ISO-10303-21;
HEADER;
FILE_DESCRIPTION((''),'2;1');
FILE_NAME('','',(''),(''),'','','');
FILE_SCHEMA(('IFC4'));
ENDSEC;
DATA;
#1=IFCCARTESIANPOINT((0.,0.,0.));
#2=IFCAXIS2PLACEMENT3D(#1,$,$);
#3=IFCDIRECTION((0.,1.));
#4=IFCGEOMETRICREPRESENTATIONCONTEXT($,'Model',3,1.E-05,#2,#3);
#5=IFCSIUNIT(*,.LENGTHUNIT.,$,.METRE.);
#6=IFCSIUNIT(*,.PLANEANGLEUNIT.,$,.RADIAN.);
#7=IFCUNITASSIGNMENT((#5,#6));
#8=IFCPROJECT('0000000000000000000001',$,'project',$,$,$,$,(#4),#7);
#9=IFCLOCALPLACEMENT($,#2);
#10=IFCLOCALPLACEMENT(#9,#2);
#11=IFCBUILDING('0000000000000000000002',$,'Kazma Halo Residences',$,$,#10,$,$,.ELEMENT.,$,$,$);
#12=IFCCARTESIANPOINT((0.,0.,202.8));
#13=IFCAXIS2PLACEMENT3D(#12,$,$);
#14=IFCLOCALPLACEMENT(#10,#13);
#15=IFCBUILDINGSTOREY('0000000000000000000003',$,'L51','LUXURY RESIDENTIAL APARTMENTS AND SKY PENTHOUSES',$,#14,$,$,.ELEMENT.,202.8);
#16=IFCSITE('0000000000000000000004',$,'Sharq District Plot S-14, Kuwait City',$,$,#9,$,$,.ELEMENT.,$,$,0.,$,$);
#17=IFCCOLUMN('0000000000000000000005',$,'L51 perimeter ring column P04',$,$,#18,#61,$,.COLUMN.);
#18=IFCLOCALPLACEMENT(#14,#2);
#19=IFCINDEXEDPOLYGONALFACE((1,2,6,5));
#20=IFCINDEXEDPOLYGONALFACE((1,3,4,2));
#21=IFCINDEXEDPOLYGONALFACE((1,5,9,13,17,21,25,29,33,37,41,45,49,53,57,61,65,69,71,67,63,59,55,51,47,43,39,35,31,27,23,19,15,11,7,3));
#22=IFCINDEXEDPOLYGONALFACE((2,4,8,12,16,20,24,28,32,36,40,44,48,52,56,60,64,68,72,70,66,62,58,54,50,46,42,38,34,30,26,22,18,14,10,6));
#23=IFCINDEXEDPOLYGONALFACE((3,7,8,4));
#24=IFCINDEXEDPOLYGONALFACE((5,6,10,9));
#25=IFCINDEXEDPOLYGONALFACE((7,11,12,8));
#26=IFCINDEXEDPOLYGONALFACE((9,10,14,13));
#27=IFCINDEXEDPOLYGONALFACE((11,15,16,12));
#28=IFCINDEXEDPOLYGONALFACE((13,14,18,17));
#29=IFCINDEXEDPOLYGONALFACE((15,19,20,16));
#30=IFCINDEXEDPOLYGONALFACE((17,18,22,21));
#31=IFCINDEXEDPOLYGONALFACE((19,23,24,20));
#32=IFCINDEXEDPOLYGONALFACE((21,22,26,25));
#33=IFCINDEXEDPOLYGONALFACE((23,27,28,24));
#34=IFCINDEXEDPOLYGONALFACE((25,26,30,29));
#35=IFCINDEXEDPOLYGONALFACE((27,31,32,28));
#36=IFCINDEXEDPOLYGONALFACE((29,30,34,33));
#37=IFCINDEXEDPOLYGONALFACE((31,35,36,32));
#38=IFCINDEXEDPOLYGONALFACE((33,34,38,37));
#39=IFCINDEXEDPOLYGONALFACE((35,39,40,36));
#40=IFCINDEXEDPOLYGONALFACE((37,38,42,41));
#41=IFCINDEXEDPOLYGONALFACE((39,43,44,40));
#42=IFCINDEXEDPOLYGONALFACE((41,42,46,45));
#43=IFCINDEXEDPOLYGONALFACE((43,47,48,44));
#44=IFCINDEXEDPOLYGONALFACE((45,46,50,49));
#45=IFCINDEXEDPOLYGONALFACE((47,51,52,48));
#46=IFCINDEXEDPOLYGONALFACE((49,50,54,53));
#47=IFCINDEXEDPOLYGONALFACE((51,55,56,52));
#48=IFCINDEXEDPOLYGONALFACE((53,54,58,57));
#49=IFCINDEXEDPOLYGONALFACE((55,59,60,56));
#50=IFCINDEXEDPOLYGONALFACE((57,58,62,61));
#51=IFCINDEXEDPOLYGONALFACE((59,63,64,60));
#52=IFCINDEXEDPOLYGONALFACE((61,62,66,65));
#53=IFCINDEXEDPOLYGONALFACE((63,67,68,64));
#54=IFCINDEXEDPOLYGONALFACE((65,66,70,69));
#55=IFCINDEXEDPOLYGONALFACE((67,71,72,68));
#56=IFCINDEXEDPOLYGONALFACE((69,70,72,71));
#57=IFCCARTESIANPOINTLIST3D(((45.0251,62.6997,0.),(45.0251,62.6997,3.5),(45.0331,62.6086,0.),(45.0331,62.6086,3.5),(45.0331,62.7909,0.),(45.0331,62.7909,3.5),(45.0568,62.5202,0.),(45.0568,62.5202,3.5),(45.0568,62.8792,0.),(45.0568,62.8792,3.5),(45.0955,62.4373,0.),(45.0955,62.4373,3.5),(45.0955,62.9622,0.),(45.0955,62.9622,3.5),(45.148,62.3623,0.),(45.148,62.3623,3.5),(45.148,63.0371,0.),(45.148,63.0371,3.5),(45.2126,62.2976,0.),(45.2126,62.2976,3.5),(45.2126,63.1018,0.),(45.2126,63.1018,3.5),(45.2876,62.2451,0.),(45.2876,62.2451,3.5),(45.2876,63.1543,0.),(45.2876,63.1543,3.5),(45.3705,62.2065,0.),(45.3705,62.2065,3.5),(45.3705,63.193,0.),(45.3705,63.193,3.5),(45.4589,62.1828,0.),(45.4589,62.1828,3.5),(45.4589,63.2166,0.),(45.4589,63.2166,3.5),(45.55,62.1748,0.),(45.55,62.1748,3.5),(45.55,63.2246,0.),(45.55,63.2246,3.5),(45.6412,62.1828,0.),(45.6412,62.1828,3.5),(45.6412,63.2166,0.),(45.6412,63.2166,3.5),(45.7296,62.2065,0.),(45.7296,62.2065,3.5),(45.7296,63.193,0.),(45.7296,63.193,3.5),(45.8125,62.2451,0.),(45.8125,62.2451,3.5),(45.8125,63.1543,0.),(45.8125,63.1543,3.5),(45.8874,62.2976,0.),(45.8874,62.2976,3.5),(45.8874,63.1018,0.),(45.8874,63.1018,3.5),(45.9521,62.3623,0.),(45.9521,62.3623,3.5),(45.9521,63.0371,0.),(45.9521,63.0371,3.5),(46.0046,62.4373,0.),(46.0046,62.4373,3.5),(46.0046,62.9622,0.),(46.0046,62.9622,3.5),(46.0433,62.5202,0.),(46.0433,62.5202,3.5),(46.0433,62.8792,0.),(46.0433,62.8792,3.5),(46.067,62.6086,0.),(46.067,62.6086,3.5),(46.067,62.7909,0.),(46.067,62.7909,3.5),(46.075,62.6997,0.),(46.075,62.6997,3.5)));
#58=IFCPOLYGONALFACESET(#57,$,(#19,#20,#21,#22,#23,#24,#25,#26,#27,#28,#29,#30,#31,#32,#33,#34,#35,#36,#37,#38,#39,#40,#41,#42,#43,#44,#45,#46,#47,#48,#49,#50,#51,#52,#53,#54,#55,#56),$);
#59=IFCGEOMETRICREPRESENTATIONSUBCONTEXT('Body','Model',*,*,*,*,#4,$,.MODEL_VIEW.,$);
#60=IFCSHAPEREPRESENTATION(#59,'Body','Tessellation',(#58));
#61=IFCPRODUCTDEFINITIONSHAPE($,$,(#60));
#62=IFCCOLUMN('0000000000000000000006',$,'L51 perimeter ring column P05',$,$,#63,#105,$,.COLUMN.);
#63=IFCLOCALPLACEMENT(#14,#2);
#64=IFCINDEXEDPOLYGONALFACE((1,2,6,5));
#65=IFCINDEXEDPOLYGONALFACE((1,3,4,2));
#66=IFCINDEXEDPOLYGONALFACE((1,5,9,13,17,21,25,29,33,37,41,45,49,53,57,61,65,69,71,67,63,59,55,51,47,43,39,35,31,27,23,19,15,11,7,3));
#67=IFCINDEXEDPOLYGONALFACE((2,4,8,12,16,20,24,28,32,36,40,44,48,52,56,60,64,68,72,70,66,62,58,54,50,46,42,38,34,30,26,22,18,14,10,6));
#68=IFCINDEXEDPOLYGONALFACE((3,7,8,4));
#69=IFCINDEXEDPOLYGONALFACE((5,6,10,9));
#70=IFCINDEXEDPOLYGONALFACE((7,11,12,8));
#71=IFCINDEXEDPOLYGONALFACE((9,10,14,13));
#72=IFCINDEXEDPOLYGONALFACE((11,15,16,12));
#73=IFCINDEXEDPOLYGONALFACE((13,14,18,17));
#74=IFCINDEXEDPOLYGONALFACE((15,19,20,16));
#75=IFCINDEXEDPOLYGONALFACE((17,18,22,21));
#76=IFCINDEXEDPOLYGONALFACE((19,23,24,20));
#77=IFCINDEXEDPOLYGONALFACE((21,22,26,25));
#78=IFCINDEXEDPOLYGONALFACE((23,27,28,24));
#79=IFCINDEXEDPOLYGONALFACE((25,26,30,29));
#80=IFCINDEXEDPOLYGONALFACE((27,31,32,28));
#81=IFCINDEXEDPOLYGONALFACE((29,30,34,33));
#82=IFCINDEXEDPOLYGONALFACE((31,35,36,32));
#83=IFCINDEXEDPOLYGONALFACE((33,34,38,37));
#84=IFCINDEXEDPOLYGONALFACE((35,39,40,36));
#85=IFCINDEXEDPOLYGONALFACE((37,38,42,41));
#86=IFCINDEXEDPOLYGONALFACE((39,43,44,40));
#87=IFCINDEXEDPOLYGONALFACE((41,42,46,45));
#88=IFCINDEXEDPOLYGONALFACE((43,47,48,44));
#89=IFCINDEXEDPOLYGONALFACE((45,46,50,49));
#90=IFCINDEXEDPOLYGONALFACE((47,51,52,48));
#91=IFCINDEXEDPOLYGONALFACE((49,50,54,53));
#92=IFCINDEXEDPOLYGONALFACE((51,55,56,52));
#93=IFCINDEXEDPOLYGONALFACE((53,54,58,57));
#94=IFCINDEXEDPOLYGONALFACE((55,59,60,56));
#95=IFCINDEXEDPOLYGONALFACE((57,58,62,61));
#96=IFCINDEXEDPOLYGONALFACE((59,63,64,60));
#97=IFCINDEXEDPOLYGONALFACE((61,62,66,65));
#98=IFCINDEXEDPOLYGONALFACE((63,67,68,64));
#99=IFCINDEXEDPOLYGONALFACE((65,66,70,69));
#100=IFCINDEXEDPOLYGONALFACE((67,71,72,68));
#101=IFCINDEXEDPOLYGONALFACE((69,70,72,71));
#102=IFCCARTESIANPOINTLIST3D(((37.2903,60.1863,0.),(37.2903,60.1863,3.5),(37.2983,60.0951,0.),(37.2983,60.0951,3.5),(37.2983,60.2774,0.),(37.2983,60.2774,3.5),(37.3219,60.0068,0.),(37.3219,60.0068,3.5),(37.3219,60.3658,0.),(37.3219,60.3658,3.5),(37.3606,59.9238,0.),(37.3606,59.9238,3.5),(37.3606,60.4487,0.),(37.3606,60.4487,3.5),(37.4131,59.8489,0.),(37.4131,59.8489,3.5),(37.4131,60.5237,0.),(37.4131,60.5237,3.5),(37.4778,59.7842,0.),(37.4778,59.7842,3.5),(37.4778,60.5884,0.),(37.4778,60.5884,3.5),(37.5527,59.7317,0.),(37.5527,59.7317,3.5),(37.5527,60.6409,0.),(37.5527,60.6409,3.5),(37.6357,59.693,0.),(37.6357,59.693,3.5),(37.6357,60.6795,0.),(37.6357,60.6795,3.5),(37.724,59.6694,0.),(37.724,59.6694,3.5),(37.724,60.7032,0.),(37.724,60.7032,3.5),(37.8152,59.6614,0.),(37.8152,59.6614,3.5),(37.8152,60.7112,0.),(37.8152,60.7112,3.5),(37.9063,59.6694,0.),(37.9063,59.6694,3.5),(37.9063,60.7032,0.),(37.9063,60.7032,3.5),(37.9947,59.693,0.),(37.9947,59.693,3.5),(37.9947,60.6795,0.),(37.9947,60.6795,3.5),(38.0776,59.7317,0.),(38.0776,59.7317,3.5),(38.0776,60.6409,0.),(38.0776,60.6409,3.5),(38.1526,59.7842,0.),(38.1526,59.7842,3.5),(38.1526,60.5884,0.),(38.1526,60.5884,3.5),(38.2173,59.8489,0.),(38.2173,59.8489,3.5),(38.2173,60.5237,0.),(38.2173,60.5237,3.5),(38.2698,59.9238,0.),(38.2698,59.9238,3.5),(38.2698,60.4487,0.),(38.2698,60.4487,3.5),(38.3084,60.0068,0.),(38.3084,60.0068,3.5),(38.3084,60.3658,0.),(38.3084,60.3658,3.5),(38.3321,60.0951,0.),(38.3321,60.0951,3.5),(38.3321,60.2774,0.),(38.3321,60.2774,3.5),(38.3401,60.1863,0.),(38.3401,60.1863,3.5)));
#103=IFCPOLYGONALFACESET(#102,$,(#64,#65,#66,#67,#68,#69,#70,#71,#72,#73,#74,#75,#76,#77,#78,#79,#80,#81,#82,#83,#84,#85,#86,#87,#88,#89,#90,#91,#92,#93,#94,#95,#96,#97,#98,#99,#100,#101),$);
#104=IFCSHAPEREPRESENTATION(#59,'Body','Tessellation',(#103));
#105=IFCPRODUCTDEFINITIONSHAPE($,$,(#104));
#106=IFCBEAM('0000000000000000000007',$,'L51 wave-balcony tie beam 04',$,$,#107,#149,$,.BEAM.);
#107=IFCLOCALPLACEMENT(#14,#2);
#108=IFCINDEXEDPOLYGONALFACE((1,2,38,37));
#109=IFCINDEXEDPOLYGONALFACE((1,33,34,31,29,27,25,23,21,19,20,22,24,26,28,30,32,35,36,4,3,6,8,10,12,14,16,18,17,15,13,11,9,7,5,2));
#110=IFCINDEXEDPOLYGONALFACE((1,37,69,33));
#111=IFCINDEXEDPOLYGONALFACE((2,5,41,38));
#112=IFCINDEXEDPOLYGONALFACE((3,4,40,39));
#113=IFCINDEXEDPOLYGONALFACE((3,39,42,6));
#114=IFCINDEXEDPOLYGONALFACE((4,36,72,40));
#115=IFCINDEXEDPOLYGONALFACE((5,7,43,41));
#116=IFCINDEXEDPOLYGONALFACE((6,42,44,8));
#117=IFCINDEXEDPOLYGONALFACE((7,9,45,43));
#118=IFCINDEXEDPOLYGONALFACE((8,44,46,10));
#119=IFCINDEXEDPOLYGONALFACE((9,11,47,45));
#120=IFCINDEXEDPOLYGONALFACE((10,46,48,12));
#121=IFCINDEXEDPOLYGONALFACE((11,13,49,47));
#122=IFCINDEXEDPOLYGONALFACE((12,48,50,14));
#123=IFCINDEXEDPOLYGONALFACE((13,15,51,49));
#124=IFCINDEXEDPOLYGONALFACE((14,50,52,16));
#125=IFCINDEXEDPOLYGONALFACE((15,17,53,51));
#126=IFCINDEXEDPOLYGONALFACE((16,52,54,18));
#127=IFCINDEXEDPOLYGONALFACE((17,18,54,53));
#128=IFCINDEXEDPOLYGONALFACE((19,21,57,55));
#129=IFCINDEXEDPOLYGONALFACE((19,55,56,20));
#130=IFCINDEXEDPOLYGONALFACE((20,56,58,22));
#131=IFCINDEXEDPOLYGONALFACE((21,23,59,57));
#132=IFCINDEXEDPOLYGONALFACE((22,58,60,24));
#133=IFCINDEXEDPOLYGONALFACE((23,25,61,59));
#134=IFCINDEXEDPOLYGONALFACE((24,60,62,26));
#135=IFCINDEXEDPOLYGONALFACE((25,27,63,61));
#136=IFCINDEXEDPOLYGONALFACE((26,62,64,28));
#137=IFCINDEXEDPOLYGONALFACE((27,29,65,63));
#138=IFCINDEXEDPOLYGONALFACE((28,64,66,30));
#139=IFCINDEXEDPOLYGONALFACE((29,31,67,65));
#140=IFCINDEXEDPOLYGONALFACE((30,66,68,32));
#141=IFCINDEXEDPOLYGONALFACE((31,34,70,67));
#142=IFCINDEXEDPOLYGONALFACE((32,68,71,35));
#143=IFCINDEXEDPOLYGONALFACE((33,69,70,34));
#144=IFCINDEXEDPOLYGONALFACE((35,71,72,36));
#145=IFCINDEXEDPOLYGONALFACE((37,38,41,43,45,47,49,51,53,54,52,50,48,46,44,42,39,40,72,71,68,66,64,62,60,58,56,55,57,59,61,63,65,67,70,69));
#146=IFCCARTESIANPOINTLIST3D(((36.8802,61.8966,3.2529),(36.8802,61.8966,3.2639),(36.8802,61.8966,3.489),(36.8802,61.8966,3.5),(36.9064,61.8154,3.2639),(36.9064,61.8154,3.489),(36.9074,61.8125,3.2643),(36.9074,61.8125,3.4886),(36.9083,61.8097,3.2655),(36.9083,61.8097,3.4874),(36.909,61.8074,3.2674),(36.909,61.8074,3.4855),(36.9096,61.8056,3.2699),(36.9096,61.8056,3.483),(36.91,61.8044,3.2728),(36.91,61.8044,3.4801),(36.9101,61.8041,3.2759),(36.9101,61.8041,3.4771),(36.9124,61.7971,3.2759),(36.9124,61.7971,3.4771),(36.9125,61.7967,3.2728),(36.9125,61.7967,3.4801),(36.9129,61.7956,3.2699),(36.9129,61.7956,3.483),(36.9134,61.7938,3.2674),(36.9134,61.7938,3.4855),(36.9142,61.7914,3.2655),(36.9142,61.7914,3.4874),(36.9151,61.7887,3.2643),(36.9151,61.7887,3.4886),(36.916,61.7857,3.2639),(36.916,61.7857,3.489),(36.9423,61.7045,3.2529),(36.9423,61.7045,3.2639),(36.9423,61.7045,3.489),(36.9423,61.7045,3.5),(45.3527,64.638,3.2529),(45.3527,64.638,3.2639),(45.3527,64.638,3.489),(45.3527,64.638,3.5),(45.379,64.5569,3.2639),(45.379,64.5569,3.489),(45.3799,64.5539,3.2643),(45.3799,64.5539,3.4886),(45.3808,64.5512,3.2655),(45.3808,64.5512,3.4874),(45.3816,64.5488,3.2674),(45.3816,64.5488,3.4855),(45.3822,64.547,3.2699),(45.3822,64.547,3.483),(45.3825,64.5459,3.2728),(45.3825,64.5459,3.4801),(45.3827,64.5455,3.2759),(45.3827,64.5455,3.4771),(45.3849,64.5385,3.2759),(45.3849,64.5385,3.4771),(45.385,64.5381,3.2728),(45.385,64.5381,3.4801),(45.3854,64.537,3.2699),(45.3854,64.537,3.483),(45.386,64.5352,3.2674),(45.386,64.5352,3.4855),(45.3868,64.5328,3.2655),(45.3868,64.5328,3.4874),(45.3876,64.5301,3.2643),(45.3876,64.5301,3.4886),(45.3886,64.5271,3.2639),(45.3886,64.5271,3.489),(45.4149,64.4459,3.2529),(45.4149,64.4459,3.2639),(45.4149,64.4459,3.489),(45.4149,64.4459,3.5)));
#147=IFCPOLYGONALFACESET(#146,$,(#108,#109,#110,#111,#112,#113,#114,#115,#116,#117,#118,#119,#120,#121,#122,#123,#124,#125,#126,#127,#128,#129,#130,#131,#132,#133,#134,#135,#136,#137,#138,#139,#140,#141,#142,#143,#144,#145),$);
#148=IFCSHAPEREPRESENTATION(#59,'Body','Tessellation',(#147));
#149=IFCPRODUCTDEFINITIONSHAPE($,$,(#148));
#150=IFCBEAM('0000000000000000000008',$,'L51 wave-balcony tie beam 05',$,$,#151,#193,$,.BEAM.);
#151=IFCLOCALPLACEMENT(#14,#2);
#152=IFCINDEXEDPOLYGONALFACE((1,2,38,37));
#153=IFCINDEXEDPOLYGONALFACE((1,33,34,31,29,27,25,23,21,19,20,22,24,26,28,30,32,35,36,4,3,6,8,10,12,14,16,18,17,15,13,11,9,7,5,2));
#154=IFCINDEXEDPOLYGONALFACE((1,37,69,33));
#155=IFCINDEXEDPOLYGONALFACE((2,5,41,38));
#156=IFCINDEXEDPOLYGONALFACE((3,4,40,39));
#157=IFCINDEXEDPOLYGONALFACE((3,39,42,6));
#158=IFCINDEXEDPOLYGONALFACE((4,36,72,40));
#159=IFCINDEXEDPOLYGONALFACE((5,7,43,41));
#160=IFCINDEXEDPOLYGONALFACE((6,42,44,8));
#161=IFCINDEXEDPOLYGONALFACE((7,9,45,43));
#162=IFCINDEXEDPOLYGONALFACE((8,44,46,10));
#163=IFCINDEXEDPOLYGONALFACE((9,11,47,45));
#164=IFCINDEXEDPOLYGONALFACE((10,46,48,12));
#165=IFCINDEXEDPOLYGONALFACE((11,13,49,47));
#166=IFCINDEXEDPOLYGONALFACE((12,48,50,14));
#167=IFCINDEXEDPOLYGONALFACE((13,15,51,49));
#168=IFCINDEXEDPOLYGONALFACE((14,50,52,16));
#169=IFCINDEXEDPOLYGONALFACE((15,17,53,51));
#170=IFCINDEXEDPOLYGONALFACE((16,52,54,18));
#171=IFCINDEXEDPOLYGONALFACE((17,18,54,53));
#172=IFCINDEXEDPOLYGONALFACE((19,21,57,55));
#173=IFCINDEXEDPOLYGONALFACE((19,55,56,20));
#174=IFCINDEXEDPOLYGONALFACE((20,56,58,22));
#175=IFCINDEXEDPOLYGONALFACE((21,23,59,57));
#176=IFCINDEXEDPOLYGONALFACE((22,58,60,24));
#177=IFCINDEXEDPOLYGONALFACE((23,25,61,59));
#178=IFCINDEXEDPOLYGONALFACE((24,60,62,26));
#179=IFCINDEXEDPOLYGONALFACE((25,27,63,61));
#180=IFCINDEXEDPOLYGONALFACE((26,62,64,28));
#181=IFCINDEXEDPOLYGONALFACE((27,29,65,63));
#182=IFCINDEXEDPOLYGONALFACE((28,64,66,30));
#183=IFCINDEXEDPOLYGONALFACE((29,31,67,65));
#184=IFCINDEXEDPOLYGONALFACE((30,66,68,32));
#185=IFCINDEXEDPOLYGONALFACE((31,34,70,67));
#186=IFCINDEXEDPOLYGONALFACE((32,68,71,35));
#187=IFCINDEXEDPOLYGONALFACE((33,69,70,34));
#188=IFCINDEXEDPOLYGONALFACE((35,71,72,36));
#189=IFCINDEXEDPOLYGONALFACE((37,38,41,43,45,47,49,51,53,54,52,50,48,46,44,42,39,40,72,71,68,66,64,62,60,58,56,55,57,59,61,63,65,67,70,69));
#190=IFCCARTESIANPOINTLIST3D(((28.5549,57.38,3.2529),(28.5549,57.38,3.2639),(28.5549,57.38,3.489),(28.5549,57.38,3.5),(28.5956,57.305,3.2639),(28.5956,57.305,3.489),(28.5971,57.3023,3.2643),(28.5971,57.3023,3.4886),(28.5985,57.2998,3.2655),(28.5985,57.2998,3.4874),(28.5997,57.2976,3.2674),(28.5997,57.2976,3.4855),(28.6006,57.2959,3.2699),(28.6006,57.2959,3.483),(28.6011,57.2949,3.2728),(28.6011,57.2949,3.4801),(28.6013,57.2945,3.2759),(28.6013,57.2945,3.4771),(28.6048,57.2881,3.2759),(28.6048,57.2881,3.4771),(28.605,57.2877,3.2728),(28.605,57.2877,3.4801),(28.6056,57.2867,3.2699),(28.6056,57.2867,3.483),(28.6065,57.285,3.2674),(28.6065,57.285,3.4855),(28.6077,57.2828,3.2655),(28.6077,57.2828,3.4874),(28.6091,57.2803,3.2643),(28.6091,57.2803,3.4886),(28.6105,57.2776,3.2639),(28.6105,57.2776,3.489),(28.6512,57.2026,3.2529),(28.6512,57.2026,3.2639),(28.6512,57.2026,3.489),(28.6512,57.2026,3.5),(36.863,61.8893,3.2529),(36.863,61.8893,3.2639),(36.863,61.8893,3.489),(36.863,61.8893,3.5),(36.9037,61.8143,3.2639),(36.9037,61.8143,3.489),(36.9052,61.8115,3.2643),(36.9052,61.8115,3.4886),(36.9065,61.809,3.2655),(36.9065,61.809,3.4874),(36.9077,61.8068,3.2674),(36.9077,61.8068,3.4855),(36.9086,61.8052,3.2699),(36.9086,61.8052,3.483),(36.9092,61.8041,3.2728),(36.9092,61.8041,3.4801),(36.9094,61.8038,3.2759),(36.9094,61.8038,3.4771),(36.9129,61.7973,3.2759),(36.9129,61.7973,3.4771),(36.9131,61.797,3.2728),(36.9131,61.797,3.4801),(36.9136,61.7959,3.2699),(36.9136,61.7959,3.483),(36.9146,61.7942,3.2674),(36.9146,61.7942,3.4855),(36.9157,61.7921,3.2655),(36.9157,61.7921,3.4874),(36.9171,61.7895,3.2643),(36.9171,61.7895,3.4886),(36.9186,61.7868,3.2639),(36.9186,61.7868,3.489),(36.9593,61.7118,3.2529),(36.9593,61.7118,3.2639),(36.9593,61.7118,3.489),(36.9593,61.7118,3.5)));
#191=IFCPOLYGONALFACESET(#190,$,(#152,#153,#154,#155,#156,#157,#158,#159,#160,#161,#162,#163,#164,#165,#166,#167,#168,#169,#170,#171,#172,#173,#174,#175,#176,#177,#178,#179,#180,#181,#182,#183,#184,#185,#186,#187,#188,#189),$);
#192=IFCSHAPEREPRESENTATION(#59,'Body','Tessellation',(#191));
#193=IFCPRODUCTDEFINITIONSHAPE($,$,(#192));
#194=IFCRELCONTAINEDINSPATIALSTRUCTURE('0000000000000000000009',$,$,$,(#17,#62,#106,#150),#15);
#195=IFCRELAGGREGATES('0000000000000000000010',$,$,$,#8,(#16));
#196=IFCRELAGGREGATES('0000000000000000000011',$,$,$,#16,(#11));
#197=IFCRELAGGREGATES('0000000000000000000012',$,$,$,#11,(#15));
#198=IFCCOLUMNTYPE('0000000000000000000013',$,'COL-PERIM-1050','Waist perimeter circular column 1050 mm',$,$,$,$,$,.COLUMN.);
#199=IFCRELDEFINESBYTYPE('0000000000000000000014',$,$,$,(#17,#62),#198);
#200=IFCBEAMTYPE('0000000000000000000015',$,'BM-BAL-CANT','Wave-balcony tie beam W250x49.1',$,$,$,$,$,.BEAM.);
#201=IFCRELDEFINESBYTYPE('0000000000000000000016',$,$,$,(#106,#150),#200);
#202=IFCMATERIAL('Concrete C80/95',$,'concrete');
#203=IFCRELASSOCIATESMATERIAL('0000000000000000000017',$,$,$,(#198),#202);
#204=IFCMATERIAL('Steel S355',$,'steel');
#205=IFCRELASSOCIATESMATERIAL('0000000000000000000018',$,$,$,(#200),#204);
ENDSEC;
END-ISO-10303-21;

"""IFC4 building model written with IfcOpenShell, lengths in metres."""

from ifc_helpers import new_model, si_unit, direction, frame, origin, origin_2d, place, context, subcontext, project, spatial, circle, i_section, extrude, material, material_profile, profile_set, type_object, element, save


model = new_model("IFC4")

# Units and contexts
model_context = context("Model", 3, precision=1e-05, world=origin(), true_north=direction((0.0, 1.0)))
body_context = subcontext(model_context, "Body", "Model", "MODEL_VIEW")
ifc_project = project(units=[si_unit("LENGTHUNIT", "METRE"), si_unit("PLANEANGLEUNIT", "RADIAN")], contexts=[model_context])

# Site, building, storey
site_placement = place(None, origin())
site = spatial("IfcSite", under=ifc_project, at=site_placement, Name="Sharq District Plot S-14, Kuwait City", CompositionType="ELEMENT", RefElevation=0.0)
building_placement = place(site_placement, origin())
building = spatial("IfcBuilding", under=site, at=building_placement, Name="Kazma Halo Residences", CompositionType="ELEMENT")
storey_placement = place(building_placement, frame((0.0, 0.0, 202.8)))
storey = spatial("IfcBuildingStorey", under=building, at=storey_placement, Name="L51", Description="LUXURY RESIDENTIAL APARTMENTS AND SKY PENTHOUSES", CompositionType="ELEMENT", Elevation=202.8)

# Columns
ifc_material_1 = material(Name="Concrete C80/95", Category="concrete")
ifc_material_profile_1 = material_profile(ifc_material_1, circle(Radius=0.5249, at=origin_2d()), Name="CIRC1050")
ifc_profile_set_1 = profile_set([ifc_material_profile_1], Name="Concrete C80/95")
column_type = type_object("IfcColumnType", Name="COL-PERIM-1050", Description="Waist perimeter circular column 1050 mm", PredefinedType="COLUMN", material=ifc_profile_set_1)
for number, where, z_axis, x_axis, name in (
    (1, (45.55, 62.6997, 0.0), (0.0, 0.0, 1.0), (1.0, 0.0, 0.0), "L51 perimeter ring column P04"),
    (2, (37.8152, 60.1863, 0.0), (0.0, 0.0, 1.0), (1.0, 0.0, 0.0), "L51 perimeter ring column P05"),
):
    element("IfcColumn", number, at=place(storey_placement, frame(where, z_axis=z_axis, x_axis=x_axis)), inside=storey, type_object=column_type, Name=name, PredefinedType="COLUMN", context=body_context, shape_type="SweptSolid", body=[
        extrude(circle(Radius=0.5249, at=origin_2d()), origin(), (0.0, 0.0, 1.0), 3.5),
    ])

# Beams
ifc_material_2 = material(Name="Steel S355", Category="steel")
ifc_material_profile_2 = material_profile(ifc_material_2, i_section(OverallWidth=0.2019, OverallDepth=0.2471, WebThickness=0.0073, FlangeThickness=0.011, FilletRadius=0.012, at=origin_2d()), Name="W250x49.1")
ifc_profile_set_2 = profile_set([ifc_material_profile_2], Name="Steel S355")
beam_type_1 = type_object("IfcBeamType", Name="BM-BAL-CANT", Description="Wave-balcony tie beam W250x49.1", PredefinedType="BEAM", material=ifc_profile_set_2)
beam_1_placement = place(storey_placement, frame((45.3838, 64.542, 3.3765), z_axis=(-0.951435, -0.307851, 0.0), x_axis=(0.307851, -0.951435, 0.0)))
element("IfcBeam", 3, at=beam_1_placement, inside=storey, type_object=beam_type_1, Name="L51 wave-balcony tie beam 04", PredefinedType="BEAM", context=body_context, shape_type="SweptSolid", body=[
    extrude(i_section(OverallWidth=0.2019, OverallDepth=0.2471, WebThickness=0.0073, FlangeThickness=0.011, FilletRadius=0.012, at=origin_2d()), origin(), (0.0, 0.0, 1.0), 8.905),
])
beam_2_placement = place(storey_placement, frame((36.9111, 61.8005, 3.3765), z_axis=(-0.878891, -0.477023, 0.0), x_axis=(0.477023, -0.878891, 0.0)))
element("IfcBeam", 4, at=beam_2_placement, inside=storey, type_object=beam_type_1, Name="L51 wave-balcony tie beam 05", PredefinedType="BEAM", context=body_context, shape_type="SweptSolid", body=[
    extrude(i_section(OverallWidth=0.2019, OverallDepth=0.2471, WebThickness=0.0073, FlangeThickness=0.011, FilletRadius=0.012, at=origin_2d()), origin(), (0.0, 0.0, 1.0), 9.4529),
])

save(model, "model.ifc")
